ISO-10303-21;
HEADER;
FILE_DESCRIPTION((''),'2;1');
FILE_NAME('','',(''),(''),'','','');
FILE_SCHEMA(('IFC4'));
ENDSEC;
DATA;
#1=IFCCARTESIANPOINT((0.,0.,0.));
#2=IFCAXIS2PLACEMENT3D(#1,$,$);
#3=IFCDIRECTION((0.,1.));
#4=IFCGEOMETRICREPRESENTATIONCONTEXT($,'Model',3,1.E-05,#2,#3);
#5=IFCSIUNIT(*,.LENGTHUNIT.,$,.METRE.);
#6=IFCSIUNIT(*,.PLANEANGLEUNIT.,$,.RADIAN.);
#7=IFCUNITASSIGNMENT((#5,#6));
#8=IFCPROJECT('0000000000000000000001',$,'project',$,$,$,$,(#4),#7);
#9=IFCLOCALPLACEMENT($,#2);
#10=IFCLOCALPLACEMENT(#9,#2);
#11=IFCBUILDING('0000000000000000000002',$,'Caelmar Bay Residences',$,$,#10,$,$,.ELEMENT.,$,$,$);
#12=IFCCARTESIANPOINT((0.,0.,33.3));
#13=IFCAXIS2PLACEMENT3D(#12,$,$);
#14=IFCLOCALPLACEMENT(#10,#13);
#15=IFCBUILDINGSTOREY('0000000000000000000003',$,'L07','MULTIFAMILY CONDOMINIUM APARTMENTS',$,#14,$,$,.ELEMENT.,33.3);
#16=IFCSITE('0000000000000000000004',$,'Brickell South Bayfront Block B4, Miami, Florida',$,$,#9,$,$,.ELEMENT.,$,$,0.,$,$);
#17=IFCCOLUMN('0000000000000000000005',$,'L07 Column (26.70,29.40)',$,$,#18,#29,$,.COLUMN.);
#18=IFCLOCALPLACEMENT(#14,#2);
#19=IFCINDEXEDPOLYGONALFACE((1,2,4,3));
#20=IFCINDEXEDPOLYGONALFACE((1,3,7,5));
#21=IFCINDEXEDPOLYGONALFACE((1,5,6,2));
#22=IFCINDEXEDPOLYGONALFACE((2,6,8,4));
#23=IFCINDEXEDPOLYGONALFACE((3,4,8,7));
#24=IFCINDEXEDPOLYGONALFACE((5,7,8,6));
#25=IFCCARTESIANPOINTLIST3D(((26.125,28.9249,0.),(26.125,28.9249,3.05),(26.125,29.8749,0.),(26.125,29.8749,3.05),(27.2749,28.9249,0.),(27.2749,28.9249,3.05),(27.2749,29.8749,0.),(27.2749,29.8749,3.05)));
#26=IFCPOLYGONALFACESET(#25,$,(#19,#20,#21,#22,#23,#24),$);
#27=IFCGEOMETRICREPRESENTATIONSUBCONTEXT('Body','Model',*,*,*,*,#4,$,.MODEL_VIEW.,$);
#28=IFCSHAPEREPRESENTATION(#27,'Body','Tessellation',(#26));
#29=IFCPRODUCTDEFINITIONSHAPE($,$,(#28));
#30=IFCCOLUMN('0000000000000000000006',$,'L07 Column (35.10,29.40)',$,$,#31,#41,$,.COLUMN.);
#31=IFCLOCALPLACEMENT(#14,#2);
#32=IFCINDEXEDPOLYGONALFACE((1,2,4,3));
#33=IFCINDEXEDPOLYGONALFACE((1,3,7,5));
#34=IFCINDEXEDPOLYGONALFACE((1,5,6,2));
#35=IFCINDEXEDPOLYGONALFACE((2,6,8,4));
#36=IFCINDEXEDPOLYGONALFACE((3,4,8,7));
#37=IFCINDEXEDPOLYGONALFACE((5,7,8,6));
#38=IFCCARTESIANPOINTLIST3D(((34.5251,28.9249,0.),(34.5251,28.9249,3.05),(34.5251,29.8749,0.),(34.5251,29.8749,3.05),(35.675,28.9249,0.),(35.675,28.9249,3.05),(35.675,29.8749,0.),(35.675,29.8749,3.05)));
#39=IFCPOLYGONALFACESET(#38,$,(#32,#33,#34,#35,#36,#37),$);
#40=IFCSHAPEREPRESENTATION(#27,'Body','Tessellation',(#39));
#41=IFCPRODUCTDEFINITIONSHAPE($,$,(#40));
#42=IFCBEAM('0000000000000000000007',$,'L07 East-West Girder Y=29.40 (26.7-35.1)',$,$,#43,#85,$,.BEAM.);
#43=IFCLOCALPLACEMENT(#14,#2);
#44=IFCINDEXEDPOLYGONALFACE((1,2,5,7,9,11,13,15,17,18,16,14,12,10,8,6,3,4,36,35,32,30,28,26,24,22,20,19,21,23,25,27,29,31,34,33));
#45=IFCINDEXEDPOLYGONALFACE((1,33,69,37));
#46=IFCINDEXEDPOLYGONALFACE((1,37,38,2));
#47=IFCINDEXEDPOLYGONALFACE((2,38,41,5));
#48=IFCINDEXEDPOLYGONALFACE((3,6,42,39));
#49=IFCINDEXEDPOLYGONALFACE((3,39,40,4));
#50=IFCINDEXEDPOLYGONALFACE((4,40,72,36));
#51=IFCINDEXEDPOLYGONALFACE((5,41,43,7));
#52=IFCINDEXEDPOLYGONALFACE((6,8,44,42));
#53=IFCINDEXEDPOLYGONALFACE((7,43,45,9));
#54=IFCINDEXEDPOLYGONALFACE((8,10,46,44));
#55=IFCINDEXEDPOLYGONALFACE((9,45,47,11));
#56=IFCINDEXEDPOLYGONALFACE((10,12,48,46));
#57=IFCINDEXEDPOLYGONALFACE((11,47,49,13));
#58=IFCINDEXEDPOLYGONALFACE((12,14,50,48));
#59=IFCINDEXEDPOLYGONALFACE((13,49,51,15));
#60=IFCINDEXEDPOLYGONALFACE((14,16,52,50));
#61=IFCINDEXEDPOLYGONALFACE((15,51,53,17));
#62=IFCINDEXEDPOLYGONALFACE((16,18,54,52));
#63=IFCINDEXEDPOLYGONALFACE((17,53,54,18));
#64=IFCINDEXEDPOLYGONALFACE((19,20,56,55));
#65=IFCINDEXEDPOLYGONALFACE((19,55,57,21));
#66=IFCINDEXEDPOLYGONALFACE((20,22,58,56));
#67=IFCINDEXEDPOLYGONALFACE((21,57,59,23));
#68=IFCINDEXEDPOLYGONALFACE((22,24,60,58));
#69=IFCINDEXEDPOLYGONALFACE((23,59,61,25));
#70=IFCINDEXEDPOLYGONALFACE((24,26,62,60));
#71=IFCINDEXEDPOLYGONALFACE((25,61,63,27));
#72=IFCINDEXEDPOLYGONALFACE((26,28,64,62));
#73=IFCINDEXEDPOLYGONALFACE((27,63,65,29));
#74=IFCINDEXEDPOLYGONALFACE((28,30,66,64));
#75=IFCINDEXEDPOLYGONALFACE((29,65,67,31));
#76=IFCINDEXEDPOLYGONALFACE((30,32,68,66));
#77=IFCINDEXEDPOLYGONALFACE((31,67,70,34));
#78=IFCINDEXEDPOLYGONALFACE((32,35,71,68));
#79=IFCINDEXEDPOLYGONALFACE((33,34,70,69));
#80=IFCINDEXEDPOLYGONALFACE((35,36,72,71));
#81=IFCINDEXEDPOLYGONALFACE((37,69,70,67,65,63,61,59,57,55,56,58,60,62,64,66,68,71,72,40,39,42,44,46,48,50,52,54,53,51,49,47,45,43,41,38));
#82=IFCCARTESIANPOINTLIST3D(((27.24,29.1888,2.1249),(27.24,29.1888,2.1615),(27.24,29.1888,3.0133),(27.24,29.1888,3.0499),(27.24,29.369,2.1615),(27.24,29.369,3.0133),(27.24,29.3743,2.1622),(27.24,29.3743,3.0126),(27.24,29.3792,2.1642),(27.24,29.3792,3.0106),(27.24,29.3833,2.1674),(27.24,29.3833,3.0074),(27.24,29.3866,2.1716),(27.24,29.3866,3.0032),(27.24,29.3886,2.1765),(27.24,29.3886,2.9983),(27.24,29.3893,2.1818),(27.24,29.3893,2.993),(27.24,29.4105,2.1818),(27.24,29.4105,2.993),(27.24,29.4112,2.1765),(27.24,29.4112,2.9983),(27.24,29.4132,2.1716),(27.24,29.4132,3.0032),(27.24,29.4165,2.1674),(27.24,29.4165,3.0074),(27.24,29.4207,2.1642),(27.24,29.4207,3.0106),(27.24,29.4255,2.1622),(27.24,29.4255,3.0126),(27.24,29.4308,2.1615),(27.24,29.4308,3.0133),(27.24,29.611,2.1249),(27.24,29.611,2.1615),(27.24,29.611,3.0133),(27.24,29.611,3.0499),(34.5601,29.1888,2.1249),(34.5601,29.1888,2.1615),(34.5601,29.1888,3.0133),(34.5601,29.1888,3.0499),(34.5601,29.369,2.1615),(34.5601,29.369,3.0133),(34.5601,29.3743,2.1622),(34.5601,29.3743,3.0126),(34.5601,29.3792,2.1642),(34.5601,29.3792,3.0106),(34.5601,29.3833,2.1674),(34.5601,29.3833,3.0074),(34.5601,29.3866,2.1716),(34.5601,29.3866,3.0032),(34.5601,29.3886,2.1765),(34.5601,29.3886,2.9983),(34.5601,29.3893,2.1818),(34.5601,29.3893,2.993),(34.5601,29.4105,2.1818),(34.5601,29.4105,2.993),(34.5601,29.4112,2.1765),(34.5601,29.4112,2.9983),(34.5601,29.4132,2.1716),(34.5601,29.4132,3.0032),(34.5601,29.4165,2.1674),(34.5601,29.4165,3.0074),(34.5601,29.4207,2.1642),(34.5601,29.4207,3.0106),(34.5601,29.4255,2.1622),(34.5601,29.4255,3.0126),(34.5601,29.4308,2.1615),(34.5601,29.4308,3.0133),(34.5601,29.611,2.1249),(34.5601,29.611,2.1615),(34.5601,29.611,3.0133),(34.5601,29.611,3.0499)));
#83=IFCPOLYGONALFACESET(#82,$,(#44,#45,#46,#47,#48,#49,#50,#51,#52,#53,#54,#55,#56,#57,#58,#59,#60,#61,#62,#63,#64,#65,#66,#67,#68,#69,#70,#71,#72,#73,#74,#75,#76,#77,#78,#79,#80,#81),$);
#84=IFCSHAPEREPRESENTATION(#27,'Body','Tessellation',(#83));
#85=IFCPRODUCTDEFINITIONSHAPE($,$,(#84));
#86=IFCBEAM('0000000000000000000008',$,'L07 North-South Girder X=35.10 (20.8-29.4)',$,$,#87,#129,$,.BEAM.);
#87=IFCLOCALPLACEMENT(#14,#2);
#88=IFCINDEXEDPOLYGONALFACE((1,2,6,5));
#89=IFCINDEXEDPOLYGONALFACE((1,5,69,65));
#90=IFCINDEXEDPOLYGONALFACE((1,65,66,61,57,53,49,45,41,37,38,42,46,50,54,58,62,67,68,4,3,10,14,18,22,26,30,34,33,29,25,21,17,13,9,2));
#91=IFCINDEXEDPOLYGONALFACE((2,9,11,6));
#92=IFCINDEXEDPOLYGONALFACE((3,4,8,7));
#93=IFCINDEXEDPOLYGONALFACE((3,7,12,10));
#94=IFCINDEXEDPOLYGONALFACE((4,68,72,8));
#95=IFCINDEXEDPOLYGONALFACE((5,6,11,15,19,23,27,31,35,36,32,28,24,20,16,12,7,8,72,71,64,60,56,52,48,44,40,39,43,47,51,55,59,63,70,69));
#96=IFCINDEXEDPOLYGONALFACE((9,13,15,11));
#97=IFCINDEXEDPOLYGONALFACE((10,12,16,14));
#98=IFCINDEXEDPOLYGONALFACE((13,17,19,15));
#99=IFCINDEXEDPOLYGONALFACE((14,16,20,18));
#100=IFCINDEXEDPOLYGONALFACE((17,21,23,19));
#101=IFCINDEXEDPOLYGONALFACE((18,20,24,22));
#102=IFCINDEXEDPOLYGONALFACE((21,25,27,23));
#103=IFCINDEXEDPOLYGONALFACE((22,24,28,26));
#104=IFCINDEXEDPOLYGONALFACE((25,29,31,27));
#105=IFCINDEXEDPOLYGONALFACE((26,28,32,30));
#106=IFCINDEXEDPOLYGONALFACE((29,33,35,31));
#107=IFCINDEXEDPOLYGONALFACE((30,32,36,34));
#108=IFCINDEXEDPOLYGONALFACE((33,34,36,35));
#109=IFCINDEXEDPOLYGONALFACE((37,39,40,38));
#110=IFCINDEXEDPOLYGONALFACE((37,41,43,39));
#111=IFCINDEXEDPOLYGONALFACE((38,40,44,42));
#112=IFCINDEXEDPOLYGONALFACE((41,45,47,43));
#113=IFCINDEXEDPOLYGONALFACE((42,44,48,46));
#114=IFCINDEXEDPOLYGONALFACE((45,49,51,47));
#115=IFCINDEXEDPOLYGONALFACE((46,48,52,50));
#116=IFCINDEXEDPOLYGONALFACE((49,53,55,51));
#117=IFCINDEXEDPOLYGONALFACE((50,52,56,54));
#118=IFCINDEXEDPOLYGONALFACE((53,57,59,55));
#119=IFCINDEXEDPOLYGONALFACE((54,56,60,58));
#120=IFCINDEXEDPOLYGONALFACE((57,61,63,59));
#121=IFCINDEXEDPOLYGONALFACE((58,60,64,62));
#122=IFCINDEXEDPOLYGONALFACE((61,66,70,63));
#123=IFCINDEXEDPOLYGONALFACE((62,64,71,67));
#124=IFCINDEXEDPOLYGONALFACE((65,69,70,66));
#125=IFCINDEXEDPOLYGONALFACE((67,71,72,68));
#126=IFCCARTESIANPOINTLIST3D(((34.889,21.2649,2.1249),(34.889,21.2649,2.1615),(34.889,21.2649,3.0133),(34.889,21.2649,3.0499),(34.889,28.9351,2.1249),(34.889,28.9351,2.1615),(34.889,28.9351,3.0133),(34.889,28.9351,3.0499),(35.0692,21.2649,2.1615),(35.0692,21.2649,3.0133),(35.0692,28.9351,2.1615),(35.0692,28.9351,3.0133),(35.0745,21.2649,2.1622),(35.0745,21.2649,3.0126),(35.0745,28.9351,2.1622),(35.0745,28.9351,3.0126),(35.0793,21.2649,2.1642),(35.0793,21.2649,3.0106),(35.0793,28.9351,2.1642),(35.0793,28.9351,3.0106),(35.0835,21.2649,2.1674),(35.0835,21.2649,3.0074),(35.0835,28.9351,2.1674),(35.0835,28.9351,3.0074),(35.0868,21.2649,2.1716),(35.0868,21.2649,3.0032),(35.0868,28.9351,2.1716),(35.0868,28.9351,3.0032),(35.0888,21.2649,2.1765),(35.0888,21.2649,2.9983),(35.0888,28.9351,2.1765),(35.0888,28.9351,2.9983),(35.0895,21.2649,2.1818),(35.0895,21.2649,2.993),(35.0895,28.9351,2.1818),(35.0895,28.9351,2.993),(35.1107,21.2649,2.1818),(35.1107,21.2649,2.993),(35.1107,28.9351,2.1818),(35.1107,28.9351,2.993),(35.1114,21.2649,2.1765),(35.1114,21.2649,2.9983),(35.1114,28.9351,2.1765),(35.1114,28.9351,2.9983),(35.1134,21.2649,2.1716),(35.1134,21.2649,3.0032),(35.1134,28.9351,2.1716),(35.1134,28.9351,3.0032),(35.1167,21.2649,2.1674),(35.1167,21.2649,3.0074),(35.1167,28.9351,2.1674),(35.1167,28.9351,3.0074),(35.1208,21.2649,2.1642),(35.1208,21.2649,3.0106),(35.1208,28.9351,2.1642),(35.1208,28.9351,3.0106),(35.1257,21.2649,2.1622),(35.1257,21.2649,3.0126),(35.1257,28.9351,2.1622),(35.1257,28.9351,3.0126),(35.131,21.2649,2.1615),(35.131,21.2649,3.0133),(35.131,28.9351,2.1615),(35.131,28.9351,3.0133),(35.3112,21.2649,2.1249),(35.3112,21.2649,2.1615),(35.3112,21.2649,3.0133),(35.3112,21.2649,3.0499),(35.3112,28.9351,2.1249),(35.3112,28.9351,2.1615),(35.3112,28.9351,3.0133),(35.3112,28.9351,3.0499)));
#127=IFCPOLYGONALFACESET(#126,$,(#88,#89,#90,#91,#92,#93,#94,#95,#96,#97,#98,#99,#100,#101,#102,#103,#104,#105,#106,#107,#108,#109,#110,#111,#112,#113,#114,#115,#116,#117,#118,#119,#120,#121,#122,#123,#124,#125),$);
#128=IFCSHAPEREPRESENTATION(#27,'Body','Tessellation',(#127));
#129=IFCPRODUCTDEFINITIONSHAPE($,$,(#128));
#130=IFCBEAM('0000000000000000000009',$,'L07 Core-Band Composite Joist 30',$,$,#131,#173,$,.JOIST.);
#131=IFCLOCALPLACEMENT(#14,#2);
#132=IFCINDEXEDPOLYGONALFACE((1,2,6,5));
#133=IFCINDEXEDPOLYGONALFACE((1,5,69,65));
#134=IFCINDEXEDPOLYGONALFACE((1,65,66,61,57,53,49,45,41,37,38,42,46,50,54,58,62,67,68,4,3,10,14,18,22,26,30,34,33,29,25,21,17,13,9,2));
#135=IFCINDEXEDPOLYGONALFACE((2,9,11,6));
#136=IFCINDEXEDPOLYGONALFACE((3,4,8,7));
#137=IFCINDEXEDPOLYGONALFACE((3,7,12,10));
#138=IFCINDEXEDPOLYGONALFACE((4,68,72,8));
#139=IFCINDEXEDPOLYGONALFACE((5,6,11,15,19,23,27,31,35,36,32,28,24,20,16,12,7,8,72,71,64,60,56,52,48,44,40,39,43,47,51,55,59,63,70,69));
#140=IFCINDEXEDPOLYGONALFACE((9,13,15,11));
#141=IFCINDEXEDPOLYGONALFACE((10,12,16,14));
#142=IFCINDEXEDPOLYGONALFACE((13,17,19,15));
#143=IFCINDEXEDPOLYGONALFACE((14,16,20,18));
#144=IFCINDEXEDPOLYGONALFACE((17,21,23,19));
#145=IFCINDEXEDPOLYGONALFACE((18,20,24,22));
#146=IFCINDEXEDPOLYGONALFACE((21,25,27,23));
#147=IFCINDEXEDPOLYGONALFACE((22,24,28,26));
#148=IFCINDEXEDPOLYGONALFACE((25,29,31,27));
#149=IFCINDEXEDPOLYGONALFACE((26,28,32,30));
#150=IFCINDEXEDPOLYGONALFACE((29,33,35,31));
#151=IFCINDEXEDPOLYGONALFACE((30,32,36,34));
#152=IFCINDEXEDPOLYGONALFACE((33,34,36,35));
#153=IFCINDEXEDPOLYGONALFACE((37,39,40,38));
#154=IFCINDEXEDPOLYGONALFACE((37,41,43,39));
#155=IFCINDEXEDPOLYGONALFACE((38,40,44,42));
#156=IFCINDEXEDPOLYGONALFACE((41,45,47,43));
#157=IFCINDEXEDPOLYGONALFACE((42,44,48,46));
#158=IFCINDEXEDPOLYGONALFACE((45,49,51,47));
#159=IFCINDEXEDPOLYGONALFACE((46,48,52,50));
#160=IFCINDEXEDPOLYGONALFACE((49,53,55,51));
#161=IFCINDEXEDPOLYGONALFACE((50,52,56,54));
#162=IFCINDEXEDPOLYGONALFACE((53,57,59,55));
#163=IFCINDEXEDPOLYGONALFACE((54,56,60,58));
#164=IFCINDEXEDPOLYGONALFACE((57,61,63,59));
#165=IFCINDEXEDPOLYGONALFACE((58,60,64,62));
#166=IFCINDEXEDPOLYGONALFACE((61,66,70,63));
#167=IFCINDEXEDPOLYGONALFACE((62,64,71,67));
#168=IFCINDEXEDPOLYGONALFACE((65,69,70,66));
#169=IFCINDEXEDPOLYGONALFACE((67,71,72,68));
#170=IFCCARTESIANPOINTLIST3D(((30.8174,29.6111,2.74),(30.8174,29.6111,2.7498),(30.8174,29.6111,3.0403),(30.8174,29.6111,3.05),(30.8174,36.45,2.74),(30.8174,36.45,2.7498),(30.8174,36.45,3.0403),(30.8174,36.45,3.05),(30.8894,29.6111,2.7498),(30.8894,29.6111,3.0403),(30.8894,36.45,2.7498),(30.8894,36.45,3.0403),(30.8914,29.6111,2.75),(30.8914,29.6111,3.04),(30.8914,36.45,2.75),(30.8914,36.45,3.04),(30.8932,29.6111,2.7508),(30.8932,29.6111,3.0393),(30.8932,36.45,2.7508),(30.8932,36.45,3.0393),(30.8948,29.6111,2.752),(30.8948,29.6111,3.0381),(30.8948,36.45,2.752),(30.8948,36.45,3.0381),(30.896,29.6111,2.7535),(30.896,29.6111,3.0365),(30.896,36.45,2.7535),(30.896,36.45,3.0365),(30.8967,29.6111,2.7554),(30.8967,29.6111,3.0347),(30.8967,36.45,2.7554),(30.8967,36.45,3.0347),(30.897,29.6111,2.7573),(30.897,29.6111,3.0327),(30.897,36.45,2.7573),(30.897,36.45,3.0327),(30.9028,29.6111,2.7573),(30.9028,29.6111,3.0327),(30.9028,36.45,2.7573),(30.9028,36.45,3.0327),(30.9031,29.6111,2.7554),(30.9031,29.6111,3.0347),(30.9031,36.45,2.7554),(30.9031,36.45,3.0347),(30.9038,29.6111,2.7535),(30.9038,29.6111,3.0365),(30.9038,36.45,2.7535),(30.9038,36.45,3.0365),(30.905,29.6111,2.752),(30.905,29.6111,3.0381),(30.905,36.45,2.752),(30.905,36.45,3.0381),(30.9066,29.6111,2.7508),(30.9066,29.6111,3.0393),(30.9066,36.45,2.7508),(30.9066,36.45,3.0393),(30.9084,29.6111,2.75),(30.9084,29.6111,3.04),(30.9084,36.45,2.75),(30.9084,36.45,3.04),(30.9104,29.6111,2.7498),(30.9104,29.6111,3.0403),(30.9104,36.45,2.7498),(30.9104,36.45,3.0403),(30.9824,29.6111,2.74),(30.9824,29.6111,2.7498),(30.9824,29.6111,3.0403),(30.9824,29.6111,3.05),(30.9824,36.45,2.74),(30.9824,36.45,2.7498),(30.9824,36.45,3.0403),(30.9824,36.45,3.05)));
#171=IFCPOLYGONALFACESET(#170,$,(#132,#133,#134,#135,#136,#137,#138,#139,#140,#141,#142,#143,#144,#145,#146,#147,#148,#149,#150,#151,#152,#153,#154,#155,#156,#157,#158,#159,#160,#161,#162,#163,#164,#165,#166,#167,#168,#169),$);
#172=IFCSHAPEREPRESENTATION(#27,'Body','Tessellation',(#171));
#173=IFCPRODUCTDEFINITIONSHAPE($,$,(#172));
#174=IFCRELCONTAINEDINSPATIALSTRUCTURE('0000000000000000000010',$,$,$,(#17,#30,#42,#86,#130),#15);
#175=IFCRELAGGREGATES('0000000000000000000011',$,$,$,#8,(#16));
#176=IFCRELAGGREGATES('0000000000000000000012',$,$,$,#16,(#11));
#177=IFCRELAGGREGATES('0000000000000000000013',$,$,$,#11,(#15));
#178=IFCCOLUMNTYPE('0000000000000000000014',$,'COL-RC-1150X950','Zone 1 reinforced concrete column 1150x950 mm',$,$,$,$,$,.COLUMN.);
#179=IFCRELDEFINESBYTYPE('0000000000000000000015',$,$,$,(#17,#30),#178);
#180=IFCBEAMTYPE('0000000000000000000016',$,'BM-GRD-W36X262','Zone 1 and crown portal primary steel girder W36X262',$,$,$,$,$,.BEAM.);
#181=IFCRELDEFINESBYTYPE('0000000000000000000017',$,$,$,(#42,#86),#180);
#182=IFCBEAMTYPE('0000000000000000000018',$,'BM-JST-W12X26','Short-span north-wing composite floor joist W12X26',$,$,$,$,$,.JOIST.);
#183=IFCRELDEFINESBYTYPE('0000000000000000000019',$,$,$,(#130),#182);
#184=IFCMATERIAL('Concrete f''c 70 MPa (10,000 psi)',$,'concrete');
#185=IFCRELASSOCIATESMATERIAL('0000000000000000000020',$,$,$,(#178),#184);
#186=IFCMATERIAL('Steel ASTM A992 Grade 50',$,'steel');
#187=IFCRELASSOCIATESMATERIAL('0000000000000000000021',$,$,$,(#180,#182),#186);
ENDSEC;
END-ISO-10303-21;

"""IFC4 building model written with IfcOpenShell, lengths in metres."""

from ifc_helpers import new_model, si_unit, direction, frame, origin, origin_2d, place, context, subcontext, project, spatial, rectangle, i_section, extrude, material, material_profile, profile_set, type_object, element, save


model = new_model("IFC4")

# Units and contexts
model_context = context("Model", 3, precision=1e-05, world=origin(), true_north=direction((0.0, 1.0)))
body_context = subcontext(model_context, "Body", "Model", "MODEL_VIEW")
ifc_project = project(units=[si_unit("LENGTHUNIT", "METRE"), si_unit("PLANEANGLEUNIT", "RADIAN")], contexts=[model_context])

# Site, building, storey
site_placement = place(None, origin())
site = spatial("IfcSite", under=ifc_project, at=site_placement, Name="Brickell South Bayfront Block B4, Miami, Florida", CompositionType="ELEMENT", RefElevation=0.0)
building_placement = place(site_placement, origin())
building = spatial("IfcBuilding", under=site, at=building_placement, Name="Caelmar Bay Residences", CompositionType="ELEMENT")
storey_placement = place(building_placement, frame((0.0, 0.0, 33.3)))
storey = spatial("IfcBuildingStorey", under=building, at=storey_placement, Name="L07", Description="MULTIFAMILY CONDOMINIUM APARTMENTS", CompositionType="ELEMENT", Elevation=33.3)

# Columns
ifc_material_1 = material(Name="Concrete f'c 70 MPa (10,000 psi)", Category="concrete")
ifc_material_profile_1 = material_profile(ifc_material_1, rectangle(XDim=1.1499, YDim=0.95, at=origin_2d()), Name="RC-COL-1150X950")
ifc_profile_set_1 = profile_set([ifc_material_profile_1], Name="Concrete f'c 70 MPa (10,000 psi)")
column_type = type_object("IfcColumnType", Name="COL-RC-1150X950", Description="Zone 1 reinforced concrete column 1150x950 mm", PredefinedType="COLUMN", material=ifc_profile_set_1)
for number, where, z_axis, x_axis, name in (
    (1, (26.7, 29.3999, 0.0), (0.0, 0.0, 1.0), (1.0, 0.0, 0.0), "L07 Column (26.70,29.40)"),
    (2, (35.1001, 29.3999, 0.0), (0.0, 0.0, 1.0), (1.0, 0.0, 0.0), "L07 Column (35.10,29.40)"),
):
    element("IfcColumn", number, at=place(storey_placement, frame(where, z_axis=z_axis, x_axis=x_axis)), inside=storey, type_object=column_type, Name=name, PredefinedType="COLUMN", context=body_context, shape_type="SweptSolid", body=[
        extrude(rectangle(XDim=1.1499, YDim=0.95, at=origin_2d()), origin(), (0.0, 0.0, 1.0), 3.05),
    ])

# Beams
ifc_material_2 = material(Name="Steel ASTM A992 Grade 50", Category="steel")
ifc_material_profile_2 = material_profile(ifc_material_2, i_section(OverallWidth=0.4221, OverallDepth=0.925, WebThickness=0.0212, FlangeThickness=0.0366, FilletRadius=0.0203, at=origin_2d()), Name="W36X262")
ifc_profile_set_2 = profile_set([ifc_material_profile_2], Name="Steel ASTM A992 Grade 50")
beam_type_1 = type_object("IfcBeamType", Name="BM-GRD-W36X262", Description="Zone 1 and crown portal primary steel girder W36X262", PredefinedType="BEAM", material=ifc_profile_set_2)
beam_1_placement = place(storey_placement, frame((27.24, 29.3999, 2.5874), z_axis=(1.0, 0.0, 0.0), x_axis=(0.0, 1.0, 0.0)))
element("IfcBeam", 3, at=beam_1_placement, inside=storey, type_object=beam_type_1, Name="L07 East-West Girder Y=29.40 (26.7-35.1)", PredefinedType="BEAM", context=body_context, shape_type="SweptSolid", body=[
    extrude(i_section(OverallWidth=0.4221, OverallDepth=0.925, WebThickness=0.0212, FlangeThickness=0.0366, FilletRadius=0.0203, at=origin_2d()), origin(), (0.0, 0.0, 1.0), 7.3201),
])
beam_2_placement = place(storey_placement, frame((35.1001, 21.2649, 2.5874), z_axis=(0.0, 1.0, 0.0), x_axis=(-1.0, 0.0, 0.0)))
element("IfcBeam", 4, at=beam_2_placement, inside=storey, type_object=beam_type_1, Name="L07 North-South Girder X=35.10 (20.8-29.4)", PredefinedType="BEAM", context=body_context, shape_type="SweptSolid", body=[
    extrude(i_section(OverallWidth=0.4221, OverallDepth=0.925, WebThickness=0.0212, FlangeThickness=0.0366, FilletRadius=0.0203, at=origin_2d()), origin(), (0.0, 0.0, 1.0), 7.6702),
])
ifc_material_profile_3 = material_profile(ifc_material_2, i_section(OverallWidth=0.165, OverallDepth=0.3101, WebThickness=0.0059, FlangeThickness=0.0098, FilletRadius=0.0076, at=origin_2d()), Name="W12X26")
ifc_profile_set_3 = profile_set([ifc_material_profile_3], Name="Steel ASTM A992 Grade 50")
beam_type_2 = type_object("IfcBeamType", Name="BM-JST-W12X26", Description="Short-span north-wing composite floor joist W12X26", PredefinedType="JOIST", material=ifc_profile_set_3)
beam_3_placement = place(storey_placement, frame((30.8999, 29.6111, 2.895), z_axis=(0.0, 1.0, 0.0), x_axis=(-1.0, 0.0, 0.0)))
element("IfcBeam", 5, at=beam_3_placement, inside=storey, type_object=beam_type_2, Name="L07 Core-Band Composite Joist 30", PredefinedType="JOIST", context=body_context, shape_type="SweptSolid", body=[
    extrude(i_section(OverallWidth=0.165, OverallDepth=0.3101, WebThickness=0.0059, FlangeThickness=0.0098, FilletRadius=0.0076, at=origin_2d()), origin(), (0.0, 0.0, 1.0), 6.8389),
])

save(model, "model.ifc")
